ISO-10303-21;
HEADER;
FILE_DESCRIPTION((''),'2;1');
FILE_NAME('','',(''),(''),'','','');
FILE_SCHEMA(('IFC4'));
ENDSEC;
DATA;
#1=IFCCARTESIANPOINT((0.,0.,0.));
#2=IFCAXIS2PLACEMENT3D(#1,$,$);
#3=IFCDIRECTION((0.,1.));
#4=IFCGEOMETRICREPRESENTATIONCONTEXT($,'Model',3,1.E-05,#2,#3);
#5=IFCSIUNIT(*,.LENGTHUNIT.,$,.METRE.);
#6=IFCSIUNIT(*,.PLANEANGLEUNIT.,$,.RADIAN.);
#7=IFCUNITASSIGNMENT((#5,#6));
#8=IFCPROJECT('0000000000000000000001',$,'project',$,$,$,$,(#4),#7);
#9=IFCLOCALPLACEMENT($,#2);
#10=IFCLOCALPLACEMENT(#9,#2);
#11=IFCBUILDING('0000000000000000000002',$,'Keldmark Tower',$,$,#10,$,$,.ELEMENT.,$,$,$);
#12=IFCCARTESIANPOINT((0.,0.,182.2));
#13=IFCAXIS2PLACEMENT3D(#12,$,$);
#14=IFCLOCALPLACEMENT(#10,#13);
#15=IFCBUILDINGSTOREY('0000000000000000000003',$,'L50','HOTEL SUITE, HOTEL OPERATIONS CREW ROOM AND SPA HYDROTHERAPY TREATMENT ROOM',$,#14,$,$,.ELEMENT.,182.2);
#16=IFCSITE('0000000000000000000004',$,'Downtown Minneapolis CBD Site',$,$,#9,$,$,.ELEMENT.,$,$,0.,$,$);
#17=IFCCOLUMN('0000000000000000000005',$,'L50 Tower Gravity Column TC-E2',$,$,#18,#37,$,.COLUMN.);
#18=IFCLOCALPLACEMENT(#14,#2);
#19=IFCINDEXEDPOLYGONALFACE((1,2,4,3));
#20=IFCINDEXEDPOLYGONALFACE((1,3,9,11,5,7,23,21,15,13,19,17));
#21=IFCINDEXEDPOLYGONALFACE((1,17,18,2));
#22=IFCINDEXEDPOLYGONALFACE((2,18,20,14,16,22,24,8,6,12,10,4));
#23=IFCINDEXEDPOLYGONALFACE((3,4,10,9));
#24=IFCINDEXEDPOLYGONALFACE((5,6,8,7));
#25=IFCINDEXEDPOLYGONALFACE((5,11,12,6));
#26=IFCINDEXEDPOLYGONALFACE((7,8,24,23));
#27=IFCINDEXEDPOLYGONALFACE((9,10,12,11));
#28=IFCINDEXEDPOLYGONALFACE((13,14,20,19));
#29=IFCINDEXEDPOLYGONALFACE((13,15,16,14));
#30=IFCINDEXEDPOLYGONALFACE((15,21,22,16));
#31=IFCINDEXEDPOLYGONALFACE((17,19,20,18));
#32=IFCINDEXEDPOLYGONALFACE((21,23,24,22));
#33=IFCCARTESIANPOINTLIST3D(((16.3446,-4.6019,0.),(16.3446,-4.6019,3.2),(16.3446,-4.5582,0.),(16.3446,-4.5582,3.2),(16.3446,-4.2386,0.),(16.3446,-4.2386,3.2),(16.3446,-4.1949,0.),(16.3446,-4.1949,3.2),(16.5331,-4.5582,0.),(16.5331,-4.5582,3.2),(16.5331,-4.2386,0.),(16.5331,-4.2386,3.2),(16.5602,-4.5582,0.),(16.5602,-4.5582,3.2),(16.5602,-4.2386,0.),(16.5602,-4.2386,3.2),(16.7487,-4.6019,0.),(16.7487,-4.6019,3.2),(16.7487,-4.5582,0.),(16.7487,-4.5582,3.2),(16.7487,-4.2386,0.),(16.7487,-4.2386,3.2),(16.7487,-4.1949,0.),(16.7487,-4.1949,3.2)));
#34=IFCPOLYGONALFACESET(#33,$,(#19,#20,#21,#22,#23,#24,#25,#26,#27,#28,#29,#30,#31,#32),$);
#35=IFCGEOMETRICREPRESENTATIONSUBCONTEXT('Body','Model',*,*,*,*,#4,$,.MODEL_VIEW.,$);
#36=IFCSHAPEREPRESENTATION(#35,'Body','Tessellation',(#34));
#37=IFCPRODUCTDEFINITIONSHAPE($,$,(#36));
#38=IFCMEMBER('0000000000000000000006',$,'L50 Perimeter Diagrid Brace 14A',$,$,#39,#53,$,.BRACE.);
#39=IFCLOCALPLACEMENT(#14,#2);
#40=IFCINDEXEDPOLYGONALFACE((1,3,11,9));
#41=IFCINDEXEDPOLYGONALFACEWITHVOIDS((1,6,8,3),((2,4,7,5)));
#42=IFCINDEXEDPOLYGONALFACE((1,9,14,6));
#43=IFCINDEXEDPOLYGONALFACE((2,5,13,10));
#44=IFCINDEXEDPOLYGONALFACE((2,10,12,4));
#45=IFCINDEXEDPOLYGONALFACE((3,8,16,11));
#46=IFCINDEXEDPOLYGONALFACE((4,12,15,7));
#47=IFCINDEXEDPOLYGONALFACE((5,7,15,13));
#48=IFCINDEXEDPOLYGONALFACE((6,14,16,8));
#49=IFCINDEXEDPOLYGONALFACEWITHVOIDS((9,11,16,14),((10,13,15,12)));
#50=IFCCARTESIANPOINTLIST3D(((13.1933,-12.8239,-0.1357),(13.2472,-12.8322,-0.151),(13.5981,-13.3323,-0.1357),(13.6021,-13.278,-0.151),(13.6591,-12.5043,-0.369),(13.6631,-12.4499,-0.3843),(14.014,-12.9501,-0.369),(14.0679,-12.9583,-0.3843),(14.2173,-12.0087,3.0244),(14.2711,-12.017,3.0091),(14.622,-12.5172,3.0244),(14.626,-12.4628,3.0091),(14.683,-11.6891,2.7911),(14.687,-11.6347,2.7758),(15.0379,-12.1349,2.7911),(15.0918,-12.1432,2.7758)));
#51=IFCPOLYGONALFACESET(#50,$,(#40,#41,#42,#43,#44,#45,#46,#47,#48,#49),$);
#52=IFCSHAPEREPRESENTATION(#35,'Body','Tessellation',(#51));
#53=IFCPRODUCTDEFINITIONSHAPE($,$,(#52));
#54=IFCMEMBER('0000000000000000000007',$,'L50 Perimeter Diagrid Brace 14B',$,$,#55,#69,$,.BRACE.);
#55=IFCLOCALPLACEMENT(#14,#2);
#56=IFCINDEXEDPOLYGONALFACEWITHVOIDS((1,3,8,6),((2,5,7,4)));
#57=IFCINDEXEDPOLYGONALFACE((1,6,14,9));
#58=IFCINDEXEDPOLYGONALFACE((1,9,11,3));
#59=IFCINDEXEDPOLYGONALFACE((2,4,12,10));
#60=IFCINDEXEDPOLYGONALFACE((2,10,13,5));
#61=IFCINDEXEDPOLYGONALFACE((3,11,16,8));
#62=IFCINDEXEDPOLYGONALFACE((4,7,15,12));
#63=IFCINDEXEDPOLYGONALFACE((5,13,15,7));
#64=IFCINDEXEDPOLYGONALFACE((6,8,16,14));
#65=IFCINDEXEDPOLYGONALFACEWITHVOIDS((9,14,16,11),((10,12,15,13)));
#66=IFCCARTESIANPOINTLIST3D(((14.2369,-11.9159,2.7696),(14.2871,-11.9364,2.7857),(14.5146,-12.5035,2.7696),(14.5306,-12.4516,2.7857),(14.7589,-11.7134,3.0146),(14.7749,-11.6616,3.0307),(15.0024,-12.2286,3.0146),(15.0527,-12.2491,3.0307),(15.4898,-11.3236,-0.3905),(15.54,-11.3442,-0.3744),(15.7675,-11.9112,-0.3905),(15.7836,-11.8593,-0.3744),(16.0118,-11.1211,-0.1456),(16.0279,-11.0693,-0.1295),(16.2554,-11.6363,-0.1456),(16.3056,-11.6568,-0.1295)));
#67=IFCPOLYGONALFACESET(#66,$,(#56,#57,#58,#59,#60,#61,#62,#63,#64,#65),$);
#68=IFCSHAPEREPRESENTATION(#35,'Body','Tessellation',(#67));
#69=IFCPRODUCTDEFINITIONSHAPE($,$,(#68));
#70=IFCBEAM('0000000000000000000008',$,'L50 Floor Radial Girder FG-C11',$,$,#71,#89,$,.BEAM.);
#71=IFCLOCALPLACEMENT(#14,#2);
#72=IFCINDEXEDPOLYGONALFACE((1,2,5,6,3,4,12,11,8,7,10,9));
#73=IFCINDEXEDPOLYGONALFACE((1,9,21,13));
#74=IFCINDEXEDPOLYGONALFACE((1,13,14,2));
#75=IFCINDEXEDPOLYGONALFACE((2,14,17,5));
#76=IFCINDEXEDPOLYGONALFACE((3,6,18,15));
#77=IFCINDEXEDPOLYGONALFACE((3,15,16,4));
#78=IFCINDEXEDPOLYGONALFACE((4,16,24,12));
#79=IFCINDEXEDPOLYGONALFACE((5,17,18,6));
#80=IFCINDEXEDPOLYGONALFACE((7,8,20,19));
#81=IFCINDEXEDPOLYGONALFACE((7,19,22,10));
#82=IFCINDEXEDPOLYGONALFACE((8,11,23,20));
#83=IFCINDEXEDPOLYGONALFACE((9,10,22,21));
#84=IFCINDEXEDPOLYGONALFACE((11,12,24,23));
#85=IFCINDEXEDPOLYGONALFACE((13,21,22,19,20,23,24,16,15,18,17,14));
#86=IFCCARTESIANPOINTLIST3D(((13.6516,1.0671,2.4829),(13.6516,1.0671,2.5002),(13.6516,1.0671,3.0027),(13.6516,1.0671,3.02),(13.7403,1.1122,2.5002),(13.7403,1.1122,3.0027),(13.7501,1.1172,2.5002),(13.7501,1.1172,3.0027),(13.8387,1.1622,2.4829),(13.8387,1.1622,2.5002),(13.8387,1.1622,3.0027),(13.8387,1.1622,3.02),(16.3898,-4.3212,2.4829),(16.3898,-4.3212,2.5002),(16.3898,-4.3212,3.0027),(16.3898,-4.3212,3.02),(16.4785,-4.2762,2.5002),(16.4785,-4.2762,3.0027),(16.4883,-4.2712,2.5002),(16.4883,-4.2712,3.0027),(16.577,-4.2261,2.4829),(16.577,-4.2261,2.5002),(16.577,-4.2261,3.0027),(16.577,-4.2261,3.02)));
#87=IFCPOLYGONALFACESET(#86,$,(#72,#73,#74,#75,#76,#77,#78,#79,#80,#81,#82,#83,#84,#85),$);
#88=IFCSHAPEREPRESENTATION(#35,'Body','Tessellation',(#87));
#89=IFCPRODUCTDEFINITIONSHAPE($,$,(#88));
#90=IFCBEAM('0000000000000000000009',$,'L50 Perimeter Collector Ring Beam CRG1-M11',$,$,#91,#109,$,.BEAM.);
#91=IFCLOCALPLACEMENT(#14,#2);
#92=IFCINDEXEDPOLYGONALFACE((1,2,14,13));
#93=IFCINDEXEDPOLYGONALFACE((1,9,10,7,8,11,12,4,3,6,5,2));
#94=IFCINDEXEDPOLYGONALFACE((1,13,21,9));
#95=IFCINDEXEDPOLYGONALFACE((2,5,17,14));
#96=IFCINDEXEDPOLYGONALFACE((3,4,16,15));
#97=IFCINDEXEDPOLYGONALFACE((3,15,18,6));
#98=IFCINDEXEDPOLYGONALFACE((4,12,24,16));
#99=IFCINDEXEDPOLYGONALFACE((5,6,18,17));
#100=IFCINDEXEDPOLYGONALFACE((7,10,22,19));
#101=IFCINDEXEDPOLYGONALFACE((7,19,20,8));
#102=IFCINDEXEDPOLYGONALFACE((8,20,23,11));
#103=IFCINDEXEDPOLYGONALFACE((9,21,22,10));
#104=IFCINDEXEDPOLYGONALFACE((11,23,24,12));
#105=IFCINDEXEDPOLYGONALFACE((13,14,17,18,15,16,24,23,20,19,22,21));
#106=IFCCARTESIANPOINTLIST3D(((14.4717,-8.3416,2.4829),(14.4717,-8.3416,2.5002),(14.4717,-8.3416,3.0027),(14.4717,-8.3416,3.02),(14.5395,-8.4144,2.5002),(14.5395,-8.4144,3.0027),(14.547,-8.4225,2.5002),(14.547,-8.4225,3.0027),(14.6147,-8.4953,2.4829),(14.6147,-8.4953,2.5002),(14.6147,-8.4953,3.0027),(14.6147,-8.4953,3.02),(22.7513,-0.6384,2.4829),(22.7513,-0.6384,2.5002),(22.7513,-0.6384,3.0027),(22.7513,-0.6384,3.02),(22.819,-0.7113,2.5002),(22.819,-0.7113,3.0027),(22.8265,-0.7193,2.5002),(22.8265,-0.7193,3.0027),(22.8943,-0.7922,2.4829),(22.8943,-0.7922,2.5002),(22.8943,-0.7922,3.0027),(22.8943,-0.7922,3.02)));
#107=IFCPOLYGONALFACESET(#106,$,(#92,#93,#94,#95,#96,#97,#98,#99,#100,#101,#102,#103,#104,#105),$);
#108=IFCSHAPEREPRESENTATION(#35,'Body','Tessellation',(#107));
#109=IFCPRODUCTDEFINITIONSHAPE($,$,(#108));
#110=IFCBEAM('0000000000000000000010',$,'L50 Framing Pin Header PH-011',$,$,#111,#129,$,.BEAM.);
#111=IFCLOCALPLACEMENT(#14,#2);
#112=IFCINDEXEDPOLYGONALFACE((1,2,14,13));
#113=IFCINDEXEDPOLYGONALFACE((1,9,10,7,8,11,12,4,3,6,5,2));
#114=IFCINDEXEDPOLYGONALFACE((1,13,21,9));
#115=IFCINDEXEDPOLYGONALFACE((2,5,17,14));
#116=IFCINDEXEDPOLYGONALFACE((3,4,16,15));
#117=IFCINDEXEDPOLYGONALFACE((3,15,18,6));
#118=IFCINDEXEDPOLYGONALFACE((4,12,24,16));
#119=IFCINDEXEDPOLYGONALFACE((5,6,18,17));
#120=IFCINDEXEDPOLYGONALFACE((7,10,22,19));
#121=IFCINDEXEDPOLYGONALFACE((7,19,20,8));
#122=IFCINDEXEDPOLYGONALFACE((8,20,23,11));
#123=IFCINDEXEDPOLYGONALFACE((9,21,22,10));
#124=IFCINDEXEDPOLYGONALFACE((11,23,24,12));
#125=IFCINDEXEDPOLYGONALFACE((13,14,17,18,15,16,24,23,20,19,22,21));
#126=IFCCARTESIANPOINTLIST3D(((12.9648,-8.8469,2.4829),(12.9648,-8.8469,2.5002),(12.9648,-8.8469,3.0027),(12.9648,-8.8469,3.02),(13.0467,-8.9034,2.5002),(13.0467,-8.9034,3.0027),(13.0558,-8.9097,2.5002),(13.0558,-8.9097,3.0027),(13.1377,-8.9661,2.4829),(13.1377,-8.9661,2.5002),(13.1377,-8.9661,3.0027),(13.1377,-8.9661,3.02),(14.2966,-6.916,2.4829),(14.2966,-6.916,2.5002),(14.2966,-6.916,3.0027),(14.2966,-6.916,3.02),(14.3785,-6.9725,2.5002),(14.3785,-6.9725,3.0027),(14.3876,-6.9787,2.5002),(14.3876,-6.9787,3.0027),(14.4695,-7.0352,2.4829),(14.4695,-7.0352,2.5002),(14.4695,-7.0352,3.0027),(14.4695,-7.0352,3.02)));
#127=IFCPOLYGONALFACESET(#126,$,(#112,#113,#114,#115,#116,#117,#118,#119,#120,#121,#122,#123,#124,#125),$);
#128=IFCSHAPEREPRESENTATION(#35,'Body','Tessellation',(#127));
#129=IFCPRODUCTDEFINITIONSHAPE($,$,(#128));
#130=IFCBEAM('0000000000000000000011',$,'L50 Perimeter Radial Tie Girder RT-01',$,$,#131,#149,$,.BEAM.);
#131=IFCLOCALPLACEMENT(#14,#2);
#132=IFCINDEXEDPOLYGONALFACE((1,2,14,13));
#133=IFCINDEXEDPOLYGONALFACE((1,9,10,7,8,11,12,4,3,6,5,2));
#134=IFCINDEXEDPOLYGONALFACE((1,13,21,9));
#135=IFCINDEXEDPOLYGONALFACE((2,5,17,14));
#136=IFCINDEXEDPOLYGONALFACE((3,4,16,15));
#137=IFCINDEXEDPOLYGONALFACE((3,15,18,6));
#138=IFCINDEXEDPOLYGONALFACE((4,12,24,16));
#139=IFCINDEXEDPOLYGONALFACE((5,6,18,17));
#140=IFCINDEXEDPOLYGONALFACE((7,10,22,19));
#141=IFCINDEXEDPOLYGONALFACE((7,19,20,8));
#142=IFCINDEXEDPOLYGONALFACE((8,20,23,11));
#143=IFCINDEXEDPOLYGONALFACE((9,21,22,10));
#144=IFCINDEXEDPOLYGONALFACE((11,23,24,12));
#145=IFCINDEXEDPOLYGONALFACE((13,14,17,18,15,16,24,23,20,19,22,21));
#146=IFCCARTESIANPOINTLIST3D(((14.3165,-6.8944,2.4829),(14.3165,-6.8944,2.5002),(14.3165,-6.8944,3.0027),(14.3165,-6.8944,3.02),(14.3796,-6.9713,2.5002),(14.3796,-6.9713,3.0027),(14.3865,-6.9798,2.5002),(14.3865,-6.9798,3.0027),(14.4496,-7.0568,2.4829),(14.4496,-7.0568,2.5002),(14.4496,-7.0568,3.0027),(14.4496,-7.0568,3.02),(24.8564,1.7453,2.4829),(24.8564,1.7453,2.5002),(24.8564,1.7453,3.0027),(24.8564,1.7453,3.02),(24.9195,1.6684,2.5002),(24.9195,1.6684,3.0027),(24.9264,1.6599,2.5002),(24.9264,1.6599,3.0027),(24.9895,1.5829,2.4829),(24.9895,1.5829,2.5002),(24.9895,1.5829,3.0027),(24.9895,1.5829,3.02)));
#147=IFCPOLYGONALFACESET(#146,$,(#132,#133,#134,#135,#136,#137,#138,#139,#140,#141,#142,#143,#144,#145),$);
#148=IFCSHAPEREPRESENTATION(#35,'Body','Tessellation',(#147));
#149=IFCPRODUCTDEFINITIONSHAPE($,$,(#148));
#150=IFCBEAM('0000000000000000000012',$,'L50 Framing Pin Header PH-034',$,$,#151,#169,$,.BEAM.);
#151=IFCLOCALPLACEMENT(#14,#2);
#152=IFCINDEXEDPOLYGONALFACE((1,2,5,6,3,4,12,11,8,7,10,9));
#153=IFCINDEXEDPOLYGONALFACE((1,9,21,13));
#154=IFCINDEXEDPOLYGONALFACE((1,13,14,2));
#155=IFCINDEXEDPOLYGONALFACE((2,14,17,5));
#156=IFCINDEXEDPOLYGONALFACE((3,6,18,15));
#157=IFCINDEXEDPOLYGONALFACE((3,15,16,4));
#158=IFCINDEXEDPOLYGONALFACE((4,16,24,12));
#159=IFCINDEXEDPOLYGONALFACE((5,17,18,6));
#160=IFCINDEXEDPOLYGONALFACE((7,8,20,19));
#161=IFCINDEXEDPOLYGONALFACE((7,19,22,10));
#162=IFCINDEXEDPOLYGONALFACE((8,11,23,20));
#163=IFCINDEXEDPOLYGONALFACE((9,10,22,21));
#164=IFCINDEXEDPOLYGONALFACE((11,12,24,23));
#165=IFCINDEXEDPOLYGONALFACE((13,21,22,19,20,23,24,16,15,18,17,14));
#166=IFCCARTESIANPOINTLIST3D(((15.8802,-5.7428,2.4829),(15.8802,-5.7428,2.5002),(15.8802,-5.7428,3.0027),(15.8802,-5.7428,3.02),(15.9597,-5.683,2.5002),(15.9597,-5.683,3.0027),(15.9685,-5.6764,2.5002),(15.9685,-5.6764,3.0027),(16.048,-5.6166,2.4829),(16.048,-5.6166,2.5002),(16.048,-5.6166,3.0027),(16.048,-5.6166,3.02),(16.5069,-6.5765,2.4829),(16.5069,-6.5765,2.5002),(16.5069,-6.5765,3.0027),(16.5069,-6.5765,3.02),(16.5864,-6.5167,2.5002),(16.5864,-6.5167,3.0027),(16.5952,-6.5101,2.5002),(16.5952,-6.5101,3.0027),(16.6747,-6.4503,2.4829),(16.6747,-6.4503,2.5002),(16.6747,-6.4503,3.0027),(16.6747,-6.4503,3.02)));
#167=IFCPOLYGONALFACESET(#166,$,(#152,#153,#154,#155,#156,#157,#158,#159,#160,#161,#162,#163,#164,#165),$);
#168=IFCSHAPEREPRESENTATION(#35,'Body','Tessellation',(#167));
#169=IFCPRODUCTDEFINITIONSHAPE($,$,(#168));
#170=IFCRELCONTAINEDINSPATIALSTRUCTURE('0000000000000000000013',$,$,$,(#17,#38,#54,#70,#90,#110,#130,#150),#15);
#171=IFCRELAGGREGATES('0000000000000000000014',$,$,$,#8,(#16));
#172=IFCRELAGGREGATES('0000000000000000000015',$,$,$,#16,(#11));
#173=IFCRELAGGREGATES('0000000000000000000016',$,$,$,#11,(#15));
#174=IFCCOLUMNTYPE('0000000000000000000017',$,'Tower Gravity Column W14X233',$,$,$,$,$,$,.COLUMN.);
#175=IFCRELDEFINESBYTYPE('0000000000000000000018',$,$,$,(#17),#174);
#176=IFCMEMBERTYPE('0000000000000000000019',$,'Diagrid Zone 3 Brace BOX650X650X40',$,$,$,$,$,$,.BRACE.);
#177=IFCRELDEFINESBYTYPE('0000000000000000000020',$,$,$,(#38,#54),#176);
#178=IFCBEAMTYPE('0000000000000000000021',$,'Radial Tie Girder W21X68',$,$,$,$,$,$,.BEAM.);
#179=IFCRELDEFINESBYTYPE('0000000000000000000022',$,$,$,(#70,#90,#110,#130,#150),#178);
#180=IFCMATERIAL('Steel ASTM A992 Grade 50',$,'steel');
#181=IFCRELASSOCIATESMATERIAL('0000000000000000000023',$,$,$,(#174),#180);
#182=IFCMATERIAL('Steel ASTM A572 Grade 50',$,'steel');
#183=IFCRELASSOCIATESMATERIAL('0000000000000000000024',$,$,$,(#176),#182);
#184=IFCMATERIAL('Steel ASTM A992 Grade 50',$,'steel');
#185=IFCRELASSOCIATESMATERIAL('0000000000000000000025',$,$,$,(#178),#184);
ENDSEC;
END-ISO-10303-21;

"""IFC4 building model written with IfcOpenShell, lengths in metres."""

from ifc_helpers import new_model, si_unit, direction, frame, origin, origin_2d, place, context, subcontext, project, spatial, hollow_rectangle, i_section, extrude, material, material_profile, profile_set, type_object, element, save


model = new_model("IFC4")

# Units and contexts
model_context = context("Model", 3, precision=1e-05, world=origin(), true_north=direction((0.0, 1.0)))
body_context = subcontext(model_context, "Body", "Model", "MODEL_VIEW")
ifc_project = project(units=[si_unit("LENGTHUNIT", "METRE"), si_unit("PLANEANGLEUNIT", "RADIAN")], contexts=[model_context])

# Site, building, storey
site_placement = place(None, origin())
site = spatial("IfcSite", under=ifc_project, at=site_placement, Name="Downtown Minneapolis CBD Site", CompositionType="ELEMENT", RefElevation=0.0)
building_placement = place(site_placement, origin())
building = spatial("IfcBuilding", under=site, at=building_placement, Name="Keldmark Tower", CompositionType="ELEMENT")
storey_placement = place(building_placement, frame((0.0, 0.0, 182.2)))
storey = spatial("IfcBuildingStorey", under=building, at=storey_placement, Name="L50", Description="HOTEL SUITE, HOTEL OPERATIONS CREW ROOM AND SPA HYDROTHERAPY TREATMENT ROOM", CompositionType="ELEMENT", Elevation=182.2)

# Column
ifc_material_1 = material(Name="Steel ASTM A992 Grade 50", Category="steel")
ifc_material_profile_1 = material_profile(ifc_material_1, i_section(OverallWidth=0.4041, OverallDepth=0.407, WebThickness=0.0271, FlangeThickness=0.0437, at=origin_2d()), Name="W14X233")
ifc_profile_set_1 = profile_set([ifc_material_profile_1], Name="Steel ASTM A992 Grade 50")
column_type = type_object("IfcColumnType", Name="Tower Gravity Column W14X233", PredefinedType="COLUMN", material=ifc_profile_set_1)
column_placement = place(storey_placement, frame((16.5466, -4.3984, 0.0), z_axis=(0.0, 0.0, 1.0), x_axis=(1.0, 0.0, 0.0)))
element("IfcColumn", 1, at=column_placement, inside=storey, type_object=column_type, Name="L50 Tower Gravity Column TC-E2", PredefinedType="COLUMN", context=body_context, shape_type="SweptSolid", body=[
    extrude(i_section(OverallWidth=0.4041, OverallDepth=0.407, WebThickness=0.0271, FlangeThickness=0.0437, at=origin_2d()), origin(), (0.0, 0.0, 1.0), 3.2),
])

# Members
ifc_material_2 = material(Name="Steel ASTM A572 Grade 50", Category="steel")
ifc_material_profile_2 = material_profile(ifc_material_2, hollow_rectangle(XDim=0.6499, YDim=0.6499, WallThickness=0.04, at=origin_2d()), Name="BOX650X650X40")
ifc_profile_set_2 = profile_set([ifc_material_profile_2], Name="Steel ASTM A572 Grade 50")
member_type = type_object("IfcMemberType", Name="Diagrid Zone 3 Brace BOX650X650X40", PredefinedType="BRACE", material=ifc_profile_set_2)
member_1_placement = place(storey_placement, frame((13.6306, -12.8911, -0.26), z_axis=(0.299353, 0.238326, 0.923898), x_axis=(-0.622851, 0.782341, 0.0)))
element("IfcMember", 2, at=member_1_placement, inside=storey, type_object=member_type, Name="L50 Perimeter Diagrid Brace 14A", PredefinedType="BRACE", context=body_context, shape_type="SweptSolid", body=[
    extrude(hollow_rectangle(XDim=0.6499, YDim=0.6499, WallThickness=0.04, at=origin_2d()), origin(), (0.0, 0.0, 1.0), 3.4204),
])
member_2_placement = place(storey_placement, frame((15.8977, -11.4902, -0.26), z_axis=(-0.363096, -0.171643, 0.915806), x_axis=(0.427374, -0.904075, 0.0)))
element("IfcMember", 3, at=member_2_placement, inside=storey, type_object=member_type, Name="L50 Perimeter Diagrid Brace 14B", PredefinedType="BRACE", context=body_context, shape_type="SweptSolid", body=[
    extrude(hollow_rectangle(XDim=0.6499, YDim=0.6499, WallThickness=0.04, at=origin_2d()), origin(), (0.0, 0.0, 1.0), 3.4507),
])

# Beams
ifc_material_3 = material(Name="Steel ASTM A992 Grade 50", Category="steel")
ifc_material_profile_3 = material_profile(ifc_material_3, i_section(OverallWidth=0.21, OverallDepth=0.5371, WebThickness=0.011, FlangeThickness=0.0173, at=origin_2d()), Name="W21X68")
ifc_profile_set_3 = profile_set([ifc_material_profile_3], Name="Steel ASTM A992 Grade 50")
beam_type_1 = type_object("IfcBeamType", Name="Radial Tie Girder W21X68", PredefinedType="BEAM", material=ifc_profile_set_3)
beam_1_placement = place(storey_placement, frame((16.4834, -4.2737, 2.7515), z_axis=(-0.453037, 0.891492, 0.0), x_axis=(-0.891492, -0.453037, 0.0)))
element("IfcBeam", 4, at=beam_1_placement, inside=storey, type_object=beam_type_1, Name="L50 Floor Radial Girder FG-C11", PredefinedType="BEAM", context=body_context, shape_type="SweptSolid", body=[
    extrude(i_section(OverallWidth=0.21, OverallDepth=0.5371, WebThickness=0.011, FlangeThickness=0.0173, at=origin_2d()), origin(), (0.0, 0.0, 1.0), 6.0442),
])
beam_2_placement = place(storey_placement, frame((14.5432, -8.4185, 2.7515), z_axis=(0.732133, 0.681162, 0.0), x_axis=(-0.681162, 0.732133, 0.0)))
element("IfcBeam", 5, at=beam_2_placement, inside=storey, type_object=beam_type_1, Name="L50 Perimeter Collector Ring Beam CRG1-M11", PredefinedType="BEAM", context=body_context, shape_type="SweptSolid", body=[
    extrude(i_section(OverallWidth=0.21, OverallDepth=0.5371, WebThickness=0.011, FlangeThickness=0.0173, at=origin_2d()), origin(), (0.0, 0.0, 1.0), 11.3088),
])
beam_3_placement = place(storey_placement, frame((14.3831, -6.9756, 2.7515), z_axis=(-0.567769, -0.823188, 0.0), x_axis=(0.823188, -0.567769, 0.0)))
element("IfcBeam", 6, at=beam_3_placement, inside=storey, type_object=beam_type_1, Name="L50 Framing Pin Header PH-011", PredefinedType="BEAM", context=body_context, shape_type="SweptSolid", body=[
    extrude(i_section(OverallWidth=0.21, OverallDepth=0.5371, WebThickness=0.011, FlangeThickness=0.0173, at=origin_2d()), origin(), (0.0, 0.0, 1.0), 2.3457),
])
beam_4_placement = place(storey_placement, frame((14.3831, -6.9756, 2.7515), z_axis=(0.773375, 0.633949, 0.0), x_axis=(-0.633949, 0.773375, 0.0)))
element("IfcBeam", 7, at=beam_4_placement, inside=storey, type_object=beam_type_1, Name="L50 Perimeter Radial Tie Girder RT-01", PredefinedType="BEAM", context=body_context, shape_type="SweptSolid", body=[
    extrude(i_section(OverallWidth=0.21, OverallDepth=0.5371, WebThickness=0.011, FlangeThickness=0.0173, at=origin_2d()), origin(), (0.0, 0.0, 1.0), 13.6284),
])
beam_5_placement = place(storey_placement, frame((15.9641, -5.6797, 2.7515), z_axis=(0.600861, -0.799353, 0.0), x_axis=(0.799353, 0.600861, 0.0)))
element("IfcBeam", 8, at=beam_5_placement, inside=storey, type_object=beam_type_1, Name="L50 Framing Pin Header PH-034", PredefinedType="BEAM", context=body_context, shape_type="SweptSolid", body=[
    extrude(i_section(OverallWidth=0.21, OverallDepth=0.5371, WebThickness=0.011, FlangeThickness=0.0173, at=origin_2d()), origin(), (0.0, 0.0, 1.0), 1.043),
])

save(model, "model.ifc")
